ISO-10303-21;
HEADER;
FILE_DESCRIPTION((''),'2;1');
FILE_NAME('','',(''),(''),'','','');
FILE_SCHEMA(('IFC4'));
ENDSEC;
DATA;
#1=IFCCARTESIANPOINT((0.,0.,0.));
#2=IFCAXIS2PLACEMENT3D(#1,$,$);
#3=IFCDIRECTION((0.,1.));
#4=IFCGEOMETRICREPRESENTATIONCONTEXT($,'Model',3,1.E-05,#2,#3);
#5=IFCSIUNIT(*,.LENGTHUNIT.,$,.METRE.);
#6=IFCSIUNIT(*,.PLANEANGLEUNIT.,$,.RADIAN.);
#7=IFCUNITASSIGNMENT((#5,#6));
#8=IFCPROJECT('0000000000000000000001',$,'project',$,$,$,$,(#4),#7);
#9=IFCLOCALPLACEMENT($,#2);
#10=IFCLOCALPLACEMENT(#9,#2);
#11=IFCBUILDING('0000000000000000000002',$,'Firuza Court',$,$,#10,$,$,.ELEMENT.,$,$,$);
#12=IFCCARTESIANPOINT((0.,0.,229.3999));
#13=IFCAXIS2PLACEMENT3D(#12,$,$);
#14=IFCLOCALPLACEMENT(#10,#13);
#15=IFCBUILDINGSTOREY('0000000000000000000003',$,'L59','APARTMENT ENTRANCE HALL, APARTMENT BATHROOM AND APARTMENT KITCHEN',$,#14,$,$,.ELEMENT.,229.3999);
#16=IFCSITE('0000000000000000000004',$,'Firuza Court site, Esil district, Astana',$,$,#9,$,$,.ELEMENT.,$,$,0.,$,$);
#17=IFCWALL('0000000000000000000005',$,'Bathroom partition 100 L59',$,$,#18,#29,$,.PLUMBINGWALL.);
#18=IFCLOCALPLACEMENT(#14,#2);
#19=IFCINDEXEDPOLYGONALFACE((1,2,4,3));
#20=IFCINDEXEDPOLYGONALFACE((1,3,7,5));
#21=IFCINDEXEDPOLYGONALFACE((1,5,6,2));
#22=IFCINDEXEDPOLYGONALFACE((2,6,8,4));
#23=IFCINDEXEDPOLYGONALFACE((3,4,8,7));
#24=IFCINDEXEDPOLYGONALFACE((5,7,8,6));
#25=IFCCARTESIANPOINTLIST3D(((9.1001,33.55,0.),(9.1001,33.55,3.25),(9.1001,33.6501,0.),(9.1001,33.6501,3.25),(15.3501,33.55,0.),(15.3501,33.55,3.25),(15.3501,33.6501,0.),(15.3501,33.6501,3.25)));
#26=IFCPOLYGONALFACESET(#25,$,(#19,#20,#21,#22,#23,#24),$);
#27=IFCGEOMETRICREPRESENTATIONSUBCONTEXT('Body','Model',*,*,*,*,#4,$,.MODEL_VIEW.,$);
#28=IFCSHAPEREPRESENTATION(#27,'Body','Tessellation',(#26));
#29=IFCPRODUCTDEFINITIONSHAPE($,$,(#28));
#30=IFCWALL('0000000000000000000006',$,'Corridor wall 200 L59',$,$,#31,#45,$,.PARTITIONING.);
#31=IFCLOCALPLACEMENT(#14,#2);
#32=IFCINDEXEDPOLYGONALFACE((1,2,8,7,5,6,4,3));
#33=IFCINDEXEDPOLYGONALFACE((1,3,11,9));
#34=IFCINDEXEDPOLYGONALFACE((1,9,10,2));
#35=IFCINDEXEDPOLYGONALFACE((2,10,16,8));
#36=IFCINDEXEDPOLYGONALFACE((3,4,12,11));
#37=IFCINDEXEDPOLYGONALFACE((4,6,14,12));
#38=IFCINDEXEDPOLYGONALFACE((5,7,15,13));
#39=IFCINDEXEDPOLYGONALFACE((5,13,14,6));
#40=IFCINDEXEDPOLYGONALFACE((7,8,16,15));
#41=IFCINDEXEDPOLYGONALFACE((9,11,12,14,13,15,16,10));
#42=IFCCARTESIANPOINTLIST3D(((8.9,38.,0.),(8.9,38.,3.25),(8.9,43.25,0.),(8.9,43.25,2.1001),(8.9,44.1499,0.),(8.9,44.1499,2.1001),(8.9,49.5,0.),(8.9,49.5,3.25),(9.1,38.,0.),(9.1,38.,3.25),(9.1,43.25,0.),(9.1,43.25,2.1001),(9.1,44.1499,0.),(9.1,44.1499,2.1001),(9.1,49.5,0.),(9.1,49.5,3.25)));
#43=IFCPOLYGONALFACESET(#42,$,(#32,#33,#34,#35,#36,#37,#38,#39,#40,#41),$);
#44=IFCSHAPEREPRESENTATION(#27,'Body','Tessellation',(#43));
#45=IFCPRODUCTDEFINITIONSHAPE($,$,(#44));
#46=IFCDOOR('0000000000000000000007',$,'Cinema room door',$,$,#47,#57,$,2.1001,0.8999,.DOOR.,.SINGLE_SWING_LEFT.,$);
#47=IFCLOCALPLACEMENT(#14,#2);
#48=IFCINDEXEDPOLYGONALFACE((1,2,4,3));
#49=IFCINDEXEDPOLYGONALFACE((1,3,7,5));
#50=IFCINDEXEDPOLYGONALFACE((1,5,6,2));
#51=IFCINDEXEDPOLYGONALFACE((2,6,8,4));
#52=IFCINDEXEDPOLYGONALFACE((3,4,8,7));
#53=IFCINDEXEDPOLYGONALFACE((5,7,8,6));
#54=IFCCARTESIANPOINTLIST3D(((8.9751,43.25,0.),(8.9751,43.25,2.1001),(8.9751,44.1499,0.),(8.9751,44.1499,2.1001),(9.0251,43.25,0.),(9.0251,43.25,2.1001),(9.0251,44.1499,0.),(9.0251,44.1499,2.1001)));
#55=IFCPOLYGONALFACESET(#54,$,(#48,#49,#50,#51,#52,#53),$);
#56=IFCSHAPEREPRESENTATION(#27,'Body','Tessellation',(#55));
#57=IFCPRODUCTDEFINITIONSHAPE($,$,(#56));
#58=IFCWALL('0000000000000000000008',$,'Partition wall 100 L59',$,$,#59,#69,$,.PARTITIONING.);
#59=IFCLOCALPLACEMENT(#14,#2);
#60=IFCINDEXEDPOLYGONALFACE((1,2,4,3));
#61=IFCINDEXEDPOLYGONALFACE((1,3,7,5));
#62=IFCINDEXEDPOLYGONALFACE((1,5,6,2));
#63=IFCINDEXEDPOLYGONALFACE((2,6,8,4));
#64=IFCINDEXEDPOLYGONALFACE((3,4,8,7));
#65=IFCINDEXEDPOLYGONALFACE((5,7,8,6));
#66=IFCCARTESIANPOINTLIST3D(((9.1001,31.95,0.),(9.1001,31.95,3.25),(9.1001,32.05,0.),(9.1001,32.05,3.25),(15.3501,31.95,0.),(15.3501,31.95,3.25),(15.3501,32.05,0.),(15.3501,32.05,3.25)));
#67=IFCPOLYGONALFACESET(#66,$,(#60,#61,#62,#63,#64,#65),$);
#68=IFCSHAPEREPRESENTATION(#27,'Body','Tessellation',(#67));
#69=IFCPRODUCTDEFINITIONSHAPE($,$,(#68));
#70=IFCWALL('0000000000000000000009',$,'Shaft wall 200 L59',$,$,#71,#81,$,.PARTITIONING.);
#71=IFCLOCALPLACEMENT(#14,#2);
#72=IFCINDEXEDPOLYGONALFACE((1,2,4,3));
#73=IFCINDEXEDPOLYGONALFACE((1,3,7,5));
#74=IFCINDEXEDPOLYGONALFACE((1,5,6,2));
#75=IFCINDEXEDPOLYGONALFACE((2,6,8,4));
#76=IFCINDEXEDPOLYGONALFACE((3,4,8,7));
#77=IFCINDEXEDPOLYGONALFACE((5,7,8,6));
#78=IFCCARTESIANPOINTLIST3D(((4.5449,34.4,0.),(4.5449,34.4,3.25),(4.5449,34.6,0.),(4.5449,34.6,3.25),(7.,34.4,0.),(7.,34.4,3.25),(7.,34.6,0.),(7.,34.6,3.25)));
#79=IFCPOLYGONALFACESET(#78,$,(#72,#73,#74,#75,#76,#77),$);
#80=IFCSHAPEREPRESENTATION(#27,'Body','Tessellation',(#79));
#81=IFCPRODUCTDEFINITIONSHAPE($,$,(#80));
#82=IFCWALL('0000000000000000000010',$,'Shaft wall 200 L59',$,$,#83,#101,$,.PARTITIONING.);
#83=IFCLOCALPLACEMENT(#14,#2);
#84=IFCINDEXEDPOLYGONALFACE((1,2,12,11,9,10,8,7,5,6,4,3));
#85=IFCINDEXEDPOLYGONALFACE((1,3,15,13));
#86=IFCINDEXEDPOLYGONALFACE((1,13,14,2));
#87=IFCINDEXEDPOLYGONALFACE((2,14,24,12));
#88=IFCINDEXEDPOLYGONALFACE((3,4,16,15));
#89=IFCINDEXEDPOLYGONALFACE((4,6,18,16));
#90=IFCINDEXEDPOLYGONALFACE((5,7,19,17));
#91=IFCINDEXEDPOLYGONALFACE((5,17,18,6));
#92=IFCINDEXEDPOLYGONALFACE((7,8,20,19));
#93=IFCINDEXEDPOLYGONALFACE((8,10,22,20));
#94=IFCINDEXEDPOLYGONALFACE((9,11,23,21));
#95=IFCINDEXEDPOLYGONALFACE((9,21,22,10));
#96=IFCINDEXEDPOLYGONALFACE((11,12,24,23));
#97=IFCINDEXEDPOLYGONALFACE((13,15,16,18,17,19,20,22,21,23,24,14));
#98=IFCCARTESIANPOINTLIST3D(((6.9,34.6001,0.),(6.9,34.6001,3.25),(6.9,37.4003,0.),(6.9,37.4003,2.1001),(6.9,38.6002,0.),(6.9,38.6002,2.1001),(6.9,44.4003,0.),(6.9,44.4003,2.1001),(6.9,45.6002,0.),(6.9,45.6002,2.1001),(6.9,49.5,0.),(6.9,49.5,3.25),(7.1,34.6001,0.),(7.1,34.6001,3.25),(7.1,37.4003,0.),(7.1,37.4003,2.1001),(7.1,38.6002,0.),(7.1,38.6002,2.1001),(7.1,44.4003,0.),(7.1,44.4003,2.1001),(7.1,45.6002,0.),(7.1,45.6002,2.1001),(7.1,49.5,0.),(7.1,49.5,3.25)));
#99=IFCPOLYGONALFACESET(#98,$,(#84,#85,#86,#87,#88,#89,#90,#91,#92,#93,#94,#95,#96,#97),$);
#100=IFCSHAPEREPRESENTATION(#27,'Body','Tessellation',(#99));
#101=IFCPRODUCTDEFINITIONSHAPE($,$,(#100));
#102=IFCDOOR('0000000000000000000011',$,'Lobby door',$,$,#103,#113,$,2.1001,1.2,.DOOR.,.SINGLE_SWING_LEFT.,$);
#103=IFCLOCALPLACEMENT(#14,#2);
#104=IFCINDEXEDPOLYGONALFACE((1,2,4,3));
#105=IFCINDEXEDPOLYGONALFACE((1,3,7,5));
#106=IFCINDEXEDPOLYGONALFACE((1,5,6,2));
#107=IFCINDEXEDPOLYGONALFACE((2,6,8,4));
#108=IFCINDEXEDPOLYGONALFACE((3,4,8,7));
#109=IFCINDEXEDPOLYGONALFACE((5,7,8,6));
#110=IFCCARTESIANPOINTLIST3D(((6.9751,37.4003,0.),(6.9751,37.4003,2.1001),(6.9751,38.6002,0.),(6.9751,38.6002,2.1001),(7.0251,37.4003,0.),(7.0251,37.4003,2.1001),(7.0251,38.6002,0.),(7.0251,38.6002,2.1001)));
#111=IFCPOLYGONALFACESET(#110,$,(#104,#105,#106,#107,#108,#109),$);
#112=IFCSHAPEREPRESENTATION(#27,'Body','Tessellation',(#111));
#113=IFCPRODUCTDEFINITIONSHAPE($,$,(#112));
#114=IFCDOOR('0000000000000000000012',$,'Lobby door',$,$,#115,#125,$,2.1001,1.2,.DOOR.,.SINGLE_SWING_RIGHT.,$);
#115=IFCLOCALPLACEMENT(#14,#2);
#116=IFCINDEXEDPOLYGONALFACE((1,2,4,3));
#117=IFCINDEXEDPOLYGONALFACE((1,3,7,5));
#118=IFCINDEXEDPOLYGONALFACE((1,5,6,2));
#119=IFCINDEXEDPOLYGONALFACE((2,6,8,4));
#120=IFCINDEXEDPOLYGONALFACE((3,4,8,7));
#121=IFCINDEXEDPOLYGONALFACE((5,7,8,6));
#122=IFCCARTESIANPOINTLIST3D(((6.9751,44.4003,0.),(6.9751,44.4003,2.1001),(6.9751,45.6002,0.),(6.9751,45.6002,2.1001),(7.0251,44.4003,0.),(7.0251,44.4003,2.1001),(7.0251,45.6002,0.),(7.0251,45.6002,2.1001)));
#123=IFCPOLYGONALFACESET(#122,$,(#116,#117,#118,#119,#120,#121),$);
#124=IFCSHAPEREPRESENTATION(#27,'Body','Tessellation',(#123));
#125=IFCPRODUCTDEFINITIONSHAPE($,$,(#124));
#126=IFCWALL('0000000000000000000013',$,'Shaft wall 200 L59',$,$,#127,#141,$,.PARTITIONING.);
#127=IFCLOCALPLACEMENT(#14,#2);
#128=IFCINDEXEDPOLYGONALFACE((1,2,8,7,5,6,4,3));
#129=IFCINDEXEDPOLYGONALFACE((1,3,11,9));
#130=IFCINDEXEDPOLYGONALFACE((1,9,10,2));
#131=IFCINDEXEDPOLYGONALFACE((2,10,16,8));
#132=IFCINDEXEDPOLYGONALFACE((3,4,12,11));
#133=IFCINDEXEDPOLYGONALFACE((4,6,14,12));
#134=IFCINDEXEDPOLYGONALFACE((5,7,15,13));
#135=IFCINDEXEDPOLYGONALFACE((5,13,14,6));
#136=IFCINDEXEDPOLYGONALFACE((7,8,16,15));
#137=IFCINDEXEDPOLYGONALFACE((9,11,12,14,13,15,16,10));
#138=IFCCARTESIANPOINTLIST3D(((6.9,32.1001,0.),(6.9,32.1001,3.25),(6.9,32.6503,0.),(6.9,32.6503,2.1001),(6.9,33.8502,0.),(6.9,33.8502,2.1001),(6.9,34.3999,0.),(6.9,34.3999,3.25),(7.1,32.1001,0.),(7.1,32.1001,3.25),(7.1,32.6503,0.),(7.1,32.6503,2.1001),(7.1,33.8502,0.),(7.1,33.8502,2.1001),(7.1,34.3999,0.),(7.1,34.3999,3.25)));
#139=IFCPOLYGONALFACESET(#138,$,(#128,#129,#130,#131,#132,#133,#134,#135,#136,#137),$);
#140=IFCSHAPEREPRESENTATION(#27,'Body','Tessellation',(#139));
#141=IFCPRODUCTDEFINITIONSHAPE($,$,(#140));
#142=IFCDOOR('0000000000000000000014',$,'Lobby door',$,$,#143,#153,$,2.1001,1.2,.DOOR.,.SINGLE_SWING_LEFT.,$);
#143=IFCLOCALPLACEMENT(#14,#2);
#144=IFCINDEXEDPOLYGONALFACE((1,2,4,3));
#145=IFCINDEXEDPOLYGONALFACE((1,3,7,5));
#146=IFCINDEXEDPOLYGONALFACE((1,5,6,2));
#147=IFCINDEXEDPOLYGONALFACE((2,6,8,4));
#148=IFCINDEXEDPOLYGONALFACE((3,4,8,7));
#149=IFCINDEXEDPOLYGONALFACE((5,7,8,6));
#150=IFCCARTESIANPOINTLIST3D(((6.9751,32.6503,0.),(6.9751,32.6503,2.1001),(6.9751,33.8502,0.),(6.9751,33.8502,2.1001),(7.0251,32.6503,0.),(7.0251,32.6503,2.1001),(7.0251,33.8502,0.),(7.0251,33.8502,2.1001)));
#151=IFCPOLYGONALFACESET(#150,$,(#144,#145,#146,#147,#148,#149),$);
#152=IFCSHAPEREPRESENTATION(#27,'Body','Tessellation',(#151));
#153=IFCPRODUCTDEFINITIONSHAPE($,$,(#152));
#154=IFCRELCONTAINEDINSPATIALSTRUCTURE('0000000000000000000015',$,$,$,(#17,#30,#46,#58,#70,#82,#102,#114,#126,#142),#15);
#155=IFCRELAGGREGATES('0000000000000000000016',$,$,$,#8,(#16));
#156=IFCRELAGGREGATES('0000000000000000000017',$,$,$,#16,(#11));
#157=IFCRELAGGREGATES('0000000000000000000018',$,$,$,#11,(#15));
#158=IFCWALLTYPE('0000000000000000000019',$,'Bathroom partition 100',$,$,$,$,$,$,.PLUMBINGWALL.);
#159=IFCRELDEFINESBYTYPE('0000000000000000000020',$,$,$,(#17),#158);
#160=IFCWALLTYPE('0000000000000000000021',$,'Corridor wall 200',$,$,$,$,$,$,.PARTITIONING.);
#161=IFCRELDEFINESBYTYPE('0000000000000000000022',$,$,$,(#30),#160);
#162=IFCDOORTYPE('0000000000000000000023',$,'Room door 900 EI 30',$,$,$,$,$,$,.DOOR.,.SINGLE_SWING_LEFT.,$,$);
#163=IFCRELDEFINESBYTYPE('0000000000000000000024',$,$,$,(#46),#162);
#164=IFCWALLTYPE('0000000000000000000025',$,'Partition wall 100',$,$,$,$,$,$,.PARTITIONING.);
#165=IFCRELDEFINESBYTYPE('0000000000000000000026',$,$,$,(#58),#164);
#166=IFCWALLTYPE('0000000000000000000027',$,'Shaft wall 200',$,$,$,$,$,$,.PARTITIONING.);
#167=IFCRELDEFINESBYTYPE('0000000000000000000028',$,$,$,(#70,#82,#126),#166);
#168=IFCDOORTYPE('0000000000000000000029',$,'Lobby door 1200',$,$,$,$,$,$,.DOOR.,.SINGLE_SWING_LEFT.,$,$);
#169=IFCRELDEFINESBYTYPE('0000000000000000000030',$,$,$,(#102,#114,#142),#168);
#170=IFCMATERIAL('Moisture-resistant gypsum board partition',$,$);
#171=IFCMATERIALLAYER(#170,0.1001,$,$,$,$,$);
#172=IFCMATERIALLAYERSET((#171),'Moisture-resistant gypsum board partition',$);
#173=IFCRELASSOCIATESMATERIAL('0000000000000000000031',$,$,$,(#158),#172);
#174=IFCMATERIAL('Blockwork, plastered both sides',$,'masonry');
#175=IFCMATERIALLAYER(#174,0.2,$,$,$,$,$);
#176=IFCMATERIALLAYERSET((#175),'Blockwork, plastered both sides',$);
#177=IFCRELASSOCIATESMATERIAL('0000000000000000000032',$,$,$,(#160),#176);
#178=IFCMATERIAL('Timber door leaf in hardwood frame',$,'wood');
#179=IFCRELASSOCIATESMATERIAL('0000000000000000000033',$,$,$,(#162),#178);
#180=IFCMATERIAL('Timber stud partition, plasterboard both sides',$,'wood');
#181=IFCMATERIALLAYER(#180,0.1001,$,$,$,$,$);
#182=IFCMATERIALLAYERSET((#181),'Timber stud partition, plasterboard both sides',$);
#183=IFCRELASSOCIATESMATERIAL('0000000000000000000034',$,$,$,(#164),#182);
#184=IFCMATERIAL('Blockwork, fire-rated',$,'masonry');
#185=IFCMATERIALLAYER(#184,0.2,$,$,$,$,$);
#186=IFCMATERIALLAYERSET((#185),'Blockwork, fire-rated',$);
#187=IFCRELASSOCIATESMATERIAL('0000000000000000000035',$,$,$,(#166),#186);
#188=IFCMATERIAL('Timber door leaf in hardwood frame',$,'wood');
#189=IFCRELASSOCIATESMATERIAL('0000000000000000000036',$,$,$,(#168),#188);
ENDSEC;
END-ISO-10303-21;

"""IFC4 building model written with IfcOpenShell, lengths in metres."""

from ifc_helpers import new_model, si_unit, direction, frame, frame_2d, origin, place, context, subcontext, project, spatial, rectangle, extrude, material, layer, layer_set, type_object, element, fill, save


model = new_model("IFC4")

# Units and contexts
model_context = context("Model", 3, precision=1e-05, world=origin(), true_north=direction((0.0, 1.0)))
body_context = subcontext(model_context, "Body", "Model", "MODEL_VIEW")
ifc_project = project(units=[si_unit("LENGTHUNIT", "METRE"), si_unit("PLANEANGLEUNIT", "RADIAN")], contexts=[model_context])

# Site, building, storey
site_placement = place(None, origin())
site = spatial("IfcSite", under=ifc_project, at=site_placement, Name="Firuza Court site, Esil district, Astana", CompositionType="ELEMENT", RefElevation=0.0)
building_placement = place(site_placement, origin())
building = spatial("IfcBuilding", under=site, at=building_placement, Name="Firuza Court", CompositionType="ELEMENT")
storey_placement = place(building_placement, frame((0.0, 0.0, 229.3999)))
storey = spatial("IfcBuildingStorey", under=building, at=storey_placement, Name="L59", Description="APARTMENT ENTRANCE HALL, APARTMENT BATHROOM AND APARTMENT KITCHEN", CompositionType="ELEMENT", Elevation=229.3999)

# Wall
ifc_material_1 = material(Name="Moisture-resistant gypsum board partition")
ifc_layer_1 = layer(ifc_material_1, 0.1001)
ifc_layer_set_1 = layer_set([ifc_layer_1], Name="Moisture-resistant gypsum board partition")
wall_type_1 = type_object("IfcWallType", Name="Bathroom partition 100", PredefinedType="PLUMBINGWALL", material=ifc_layer_set_1)
wall_1_placement = place(storey_placement, frame((9.1001, 33.6001, 0.0), z_axis=(0.0, 0.0, 1.0), x_axis=(1.0, 0.0, 0.0)))
element("IfcWall", 1, at=wall_1_placement, inside=storey, type_object=wall_type_1, Name="Bathroom partition 100 L59", PredefinedType="PLUMBINGWALL", context=body_context, shape_type="SweptSolid", body=[
    extrude(rectangle(XDim=6.25, YDim=0.1001, at=frame_2d((3.125, 0.0))), origin(), (0.0, 0.0, 1.0), 3.25),
])

# Wall, opening, door
ifc_material_2 = material(Name="Blockwork, plastered both sides", Category="masonry")
ifc_layer_2 = layer(ifc_material_2, 0.2)
ifc_layer_set_2 = layer_set([ifc_layer_2], Name="Blockwork, plastered both sides")
wall_type_2 = type_object("IfcWallType", Name="Corridor wall 200", PredefinedType="PARTITIONING", material=ifc_layer_set_2)
wall_2_placement = place(storey_placement, frame((9.0, 38.0, 0.0), z_axis=(0.0, 0.0, 1.0), x_axis=(0.0, 1.0, 0.0)))
wall_2 = element("IfcWall", 2, at=wall_2_placement, inside=storey, type_object=wall_type_2, Name="Corridor wall 200 L59", PredefinedType="PARTITIONING", context=body_context, shape_type="SweptSolid", body=[
    extrude(rectangle(XDim=11.5, YDim=0.2, at=frame_2d((5.75, 0.0))), origin(), (0.0, 0.0, 1.0), 3.25),
])
opening_1_placement = place(wall_2_placement, frame((5.25, 0.0, 0.0)))
opening_1 = element("IfcOpeningElement", 3, at=opening_1_placement, cuts=wall_2, PredefinedType="OPENING", context=body_context, shape_type="SweptSolid", body=[
    extrude(rectangle(XDim=0.8999, YDim=2.1001, at=frame_2d((0.45, 1.05))), frame((0.0, 0.1118, 0.0), z_axis=(0.0, -1.0, 0.0), x_axis=(1.0, 0.0, 0.0)), (0.0, 0.0, 1.0), 0.2239),
])
ifc_material_3 = material(Name="Timber door leaf in hardwood frame", Category="wood")
door_type_1 = type_object("IfcDoorType", Name="Room door 900 EI 30", OperationType="SINGLE_SWING_LEFT", PredefinedType="DOOR", material=ifc_material_3)
door_1_placement = place(opening_1_placement, origin())
door_1 = element("IfcDoor", 4, at=door_1_placement, inside=storey, type_object=door_type_1, Name="Cinema room door", OperationType="SINGLE_SWING_LEFT", OverallHeight=2.1001, OverallWidth=0.8999, PredefinedType="DOOR", context=body_context, shape_type="SweptSolid", body=[
    extrude(rectangle(XDim=0.8999, YDim=2.1001, at=frame_2d((0.45, 1.05))), frame((0.0, 0.0249, 0.0), z_axis=(0.0, -1.0, 0.0), x_axis=(1.0, 0.0, 0.0)), (0.0, 0.0, 1.0), 0.05),
])
fill(opening_1, door_1)

# Walls
ifc_material_4 = material(Name="Timber stud partition, plasterboard both sides", Category="wood")
ifc_layer_3 = layer(ifc_material_4, 0.1001)
ifc_layer_set_3 = layer_set([ifc_layer_3], Name="Timber stud partition, plasterboard both sides")
wall_type_3 = type_object("IfcWallType", Name="Partition wall 100", PredefinedType="PARTITIONING", material=ifc_layer_set_3)
wall_3_placement = place(storey_placement, frame((9.1001, 32.0, 0.0), z_axis=(0.0, 0.0, 1.0), x_axis=(1.0, 0.0, 0.0)))
element("IfcWall", 5, at=wall_3_placement, inside=storey, type_object=wall_type_3, Name="Partition wall 100 L59", PredefinedType="PARTITIONING", context=body_context, shape_type="SweptSolid", body=[
    extrude(rectangle(XDim=6.25, YDim=0.1001, at=frame_2d((3.125, 0.0))), origin(), (0.0, 0.0, 1.0), 3.25),
])
ifc_material_5 = material(Name="Blockwork, fire-rated", Category="masonry")
ifc_layer_4 = layer(ifc_material_5, 0.2)
ifc_layer_set_4 = layer_set([ifc_layer_4], Name="Blockwork, fire-rated")
wall_type_4 = type_object("IfcWallType", Name="Shaft wall 200", PredefinedType="PARTITIONING", material=ifc_layer_set_4)
wall_4_placement = place(storey_placement, frame((4.5449, 34.5, 0.0), z_axis=(0.0, 0.0, 1.0), x_axis=(1.0, 0.0, 0.0)))
element("IfcWall", 6, at=wall_4_placement, inside=storey, type_object=wall_type_4, Name="Shaft wall 200 L59", PredefinedType="PARTITIONING", context=body_context, shape_type="SweptSolid", body=[
    extrude(rectangle(XDim=2.4551, YDim=0.2, at=frame_2d((1.2275, 0.0))), origin(), (0.0, 0.0, 1.0), 3.25),
])

# Wall, openings, doors
wall_5_placement = place(storey_placement, frame((7.0, 34.6001, 0.0), z_axis=(0.0, 0.0, 1.0), x_axis=(0.0, 1.0, 0.0)))
wall_5 = element("IfcWall", 7, at=wall_5_placement, inside=storey, type_object=wall_type_4, Name="Shaft wall 200 L59", PredefinedType="PARTITIONING", context=body_context, shape_type="SweptSolid", body=[
    extrude(rectangle(XDim=14.8999, YDim=0.2, at=frame_2d((7.45, 0.0))), origin(), (0.0, 0.0, 1.0), 3.25),
])
opening_2_placement = place(wall_5_placement, frame((2.8, 0.0, 0.0)))
opening_2 = element("IfcOpeningElement", 8, at=opening_2_placement, cuts=wall_5, PredefinedType="OPENING", context=body_context, shape_type="SweptSolid", body=[
    extrude(rectangle(XDim=1.2, YDim=2.1001, at=frame_2d((0.6001, 1.05))), frame((0.0, 0.1118, 0.0), z_axis=(0.0, -1.0, 0.0), x_axis=(1.0, 0.0, 0.0)), (0.0, 0.0, 1.0), 0.2239),
])
opening_3_placement = place(wall_5_placement, frame((9.8, 0.0, 0.0)))
opening_3 = element("IfcOpeningElement", 9, at=opening_3_placement, cuts=wall_5, PredefinedType="OPENING", context=body_context, shape_type="SweptSolid", body=[
    extrude(rectangle(XDim=1.2, YDim=2.1001, at=frame_2d((0.6001, 1.05))), frame((0.0, 0.1118, 0.0), z_axis=(0.0, -1.0, 0.0), x_axis=(1.0, 0.0, 0.0)), (0.0, 0.0, 1.0), 0.2239),
])
ifc_material_6 = material(Name="Timber door leaf in hardwood frame", Category="wood")
door_type_2 = type_object("IfcDoorType", Name="Lobby door 1200", OperationType="SINGLE_SWING_LEFT", PredefinedType="DOOR", material=ifc_material_6)
door_2_placement = place(opening_2_placement, origin())
door_2 = element("IfcDoor", 10, at=door_2_placement, inside=storey, type_object=door_type_2, Name="Lobby door", OperationType="SINGLE_SWING_LEFT", OverallHeight=2.1001, OverallWidth=1.2, PredefinedType="DOOR", context=body_context, shape_type="SweptSolid", body=[
    extrude(rectangle(XDim=1.2, YDim=2.1001, at=frame_2d((0.6001, 1.05))), frame((0.0, 0.0249, 0.0), z_axis=(0.0, -1.0, 0.0), x_axis=(1.0, 0.0, 0.0)), (0.0, 0.0, 1.0), 0.05),
])
fill(opening_2, door_2)
door_3_placement = place(opening_3_placement, origin())
door_3 = element("IfcDoor", 11, at=door_3_placement, inside=storey, type_object=door_type_2, Name="Lobby door", OperationType="SINGLE_SWING_RIGHT", OverallHeight=2.1001, OverallWidth=1.2, PredefinedType="DOOR", context=body_context, shape_type="SweptSolid", body=[
    extrude(rectangle(XDim=1.2, YDim=2.1001, at=frame_2d((0.6001, 1.05))), frame((0.0, 0.0249, 0.0), z_axis=(0.0, -1.0, 0.0), x_axis=(1.0, 0.0, 0.0)), (0.0, 0.0, 1.0), 0.05),
])
fill(opening_3, door_3)

# Wall, opening, door
wall_6_placement = place(storey_placement, frame((7.0, 32.1001, 0.0), z_axis=(0.0, 0.0, 1.0), x_axis=(0.0, 1.0, 0.0)))
wall_6 = element("IfcWall", 12, at=wall_6_placement, inside=storey, type_object=wall_type_4, Name="Shaft wall 200 L59", PredefinedType="PARTITIONING", context=body_context, shape_type="SweptSolid", body=[
    extrude(rectangle(XDim=2.2998, YDim=0.2, at=frame_2d((1.1499, 0.0))), origin(), (0.0, 0.0, 1.0), 3.25),
])
opening_4_placement = place(wall_6_placement, frame((0.55, 0.0, 0.0)))
opening_4 = element("IfcOpeningElement", 13, at=opening_4_placement, cuts=wall_6, PredefinedType="OPENING", context=body_context, shape_type="SweptSolid", body=[
    extrude(rectangle(XDim=1.2, YDim=2.1001, at=frame_2d((0.6001, 1.05))), frame((0.0, 0.1118, 0.0), z_axis=(0.0, -1.0, 0.0), x_axis=(1.0, 0.0, 0.0)), (0.0, 0.0, 1.0), 0.2239),
])
door_4_placement = place(opening_4_placement, origin())
door_4 = element("IfcDoor", 14, at=door_4_placement, inside=storey, type_object=door_type_2, Name="Lobby door", OperationType="SINGLE_SWING_LEFT", OverallHeight=2.1001, OverallWidth=1.2, PredefinedType="DOOR", context=body_context, shape_type="SweptSolid", body=[
    extrude(rectangle(XDim=1.2, YDim=2.1001, at=frame_2d((0.6001, 1.05))), frame((0.0, 0.0249, 0.0), z_axis=(0.0, -1.0, 0.0), x_axis=(1.0, 0.0, 0.0)), (0.0, 0.0, 1.0), 0.05),
])
fill(opening_4, door_4)

save(model, "model.ifc")
